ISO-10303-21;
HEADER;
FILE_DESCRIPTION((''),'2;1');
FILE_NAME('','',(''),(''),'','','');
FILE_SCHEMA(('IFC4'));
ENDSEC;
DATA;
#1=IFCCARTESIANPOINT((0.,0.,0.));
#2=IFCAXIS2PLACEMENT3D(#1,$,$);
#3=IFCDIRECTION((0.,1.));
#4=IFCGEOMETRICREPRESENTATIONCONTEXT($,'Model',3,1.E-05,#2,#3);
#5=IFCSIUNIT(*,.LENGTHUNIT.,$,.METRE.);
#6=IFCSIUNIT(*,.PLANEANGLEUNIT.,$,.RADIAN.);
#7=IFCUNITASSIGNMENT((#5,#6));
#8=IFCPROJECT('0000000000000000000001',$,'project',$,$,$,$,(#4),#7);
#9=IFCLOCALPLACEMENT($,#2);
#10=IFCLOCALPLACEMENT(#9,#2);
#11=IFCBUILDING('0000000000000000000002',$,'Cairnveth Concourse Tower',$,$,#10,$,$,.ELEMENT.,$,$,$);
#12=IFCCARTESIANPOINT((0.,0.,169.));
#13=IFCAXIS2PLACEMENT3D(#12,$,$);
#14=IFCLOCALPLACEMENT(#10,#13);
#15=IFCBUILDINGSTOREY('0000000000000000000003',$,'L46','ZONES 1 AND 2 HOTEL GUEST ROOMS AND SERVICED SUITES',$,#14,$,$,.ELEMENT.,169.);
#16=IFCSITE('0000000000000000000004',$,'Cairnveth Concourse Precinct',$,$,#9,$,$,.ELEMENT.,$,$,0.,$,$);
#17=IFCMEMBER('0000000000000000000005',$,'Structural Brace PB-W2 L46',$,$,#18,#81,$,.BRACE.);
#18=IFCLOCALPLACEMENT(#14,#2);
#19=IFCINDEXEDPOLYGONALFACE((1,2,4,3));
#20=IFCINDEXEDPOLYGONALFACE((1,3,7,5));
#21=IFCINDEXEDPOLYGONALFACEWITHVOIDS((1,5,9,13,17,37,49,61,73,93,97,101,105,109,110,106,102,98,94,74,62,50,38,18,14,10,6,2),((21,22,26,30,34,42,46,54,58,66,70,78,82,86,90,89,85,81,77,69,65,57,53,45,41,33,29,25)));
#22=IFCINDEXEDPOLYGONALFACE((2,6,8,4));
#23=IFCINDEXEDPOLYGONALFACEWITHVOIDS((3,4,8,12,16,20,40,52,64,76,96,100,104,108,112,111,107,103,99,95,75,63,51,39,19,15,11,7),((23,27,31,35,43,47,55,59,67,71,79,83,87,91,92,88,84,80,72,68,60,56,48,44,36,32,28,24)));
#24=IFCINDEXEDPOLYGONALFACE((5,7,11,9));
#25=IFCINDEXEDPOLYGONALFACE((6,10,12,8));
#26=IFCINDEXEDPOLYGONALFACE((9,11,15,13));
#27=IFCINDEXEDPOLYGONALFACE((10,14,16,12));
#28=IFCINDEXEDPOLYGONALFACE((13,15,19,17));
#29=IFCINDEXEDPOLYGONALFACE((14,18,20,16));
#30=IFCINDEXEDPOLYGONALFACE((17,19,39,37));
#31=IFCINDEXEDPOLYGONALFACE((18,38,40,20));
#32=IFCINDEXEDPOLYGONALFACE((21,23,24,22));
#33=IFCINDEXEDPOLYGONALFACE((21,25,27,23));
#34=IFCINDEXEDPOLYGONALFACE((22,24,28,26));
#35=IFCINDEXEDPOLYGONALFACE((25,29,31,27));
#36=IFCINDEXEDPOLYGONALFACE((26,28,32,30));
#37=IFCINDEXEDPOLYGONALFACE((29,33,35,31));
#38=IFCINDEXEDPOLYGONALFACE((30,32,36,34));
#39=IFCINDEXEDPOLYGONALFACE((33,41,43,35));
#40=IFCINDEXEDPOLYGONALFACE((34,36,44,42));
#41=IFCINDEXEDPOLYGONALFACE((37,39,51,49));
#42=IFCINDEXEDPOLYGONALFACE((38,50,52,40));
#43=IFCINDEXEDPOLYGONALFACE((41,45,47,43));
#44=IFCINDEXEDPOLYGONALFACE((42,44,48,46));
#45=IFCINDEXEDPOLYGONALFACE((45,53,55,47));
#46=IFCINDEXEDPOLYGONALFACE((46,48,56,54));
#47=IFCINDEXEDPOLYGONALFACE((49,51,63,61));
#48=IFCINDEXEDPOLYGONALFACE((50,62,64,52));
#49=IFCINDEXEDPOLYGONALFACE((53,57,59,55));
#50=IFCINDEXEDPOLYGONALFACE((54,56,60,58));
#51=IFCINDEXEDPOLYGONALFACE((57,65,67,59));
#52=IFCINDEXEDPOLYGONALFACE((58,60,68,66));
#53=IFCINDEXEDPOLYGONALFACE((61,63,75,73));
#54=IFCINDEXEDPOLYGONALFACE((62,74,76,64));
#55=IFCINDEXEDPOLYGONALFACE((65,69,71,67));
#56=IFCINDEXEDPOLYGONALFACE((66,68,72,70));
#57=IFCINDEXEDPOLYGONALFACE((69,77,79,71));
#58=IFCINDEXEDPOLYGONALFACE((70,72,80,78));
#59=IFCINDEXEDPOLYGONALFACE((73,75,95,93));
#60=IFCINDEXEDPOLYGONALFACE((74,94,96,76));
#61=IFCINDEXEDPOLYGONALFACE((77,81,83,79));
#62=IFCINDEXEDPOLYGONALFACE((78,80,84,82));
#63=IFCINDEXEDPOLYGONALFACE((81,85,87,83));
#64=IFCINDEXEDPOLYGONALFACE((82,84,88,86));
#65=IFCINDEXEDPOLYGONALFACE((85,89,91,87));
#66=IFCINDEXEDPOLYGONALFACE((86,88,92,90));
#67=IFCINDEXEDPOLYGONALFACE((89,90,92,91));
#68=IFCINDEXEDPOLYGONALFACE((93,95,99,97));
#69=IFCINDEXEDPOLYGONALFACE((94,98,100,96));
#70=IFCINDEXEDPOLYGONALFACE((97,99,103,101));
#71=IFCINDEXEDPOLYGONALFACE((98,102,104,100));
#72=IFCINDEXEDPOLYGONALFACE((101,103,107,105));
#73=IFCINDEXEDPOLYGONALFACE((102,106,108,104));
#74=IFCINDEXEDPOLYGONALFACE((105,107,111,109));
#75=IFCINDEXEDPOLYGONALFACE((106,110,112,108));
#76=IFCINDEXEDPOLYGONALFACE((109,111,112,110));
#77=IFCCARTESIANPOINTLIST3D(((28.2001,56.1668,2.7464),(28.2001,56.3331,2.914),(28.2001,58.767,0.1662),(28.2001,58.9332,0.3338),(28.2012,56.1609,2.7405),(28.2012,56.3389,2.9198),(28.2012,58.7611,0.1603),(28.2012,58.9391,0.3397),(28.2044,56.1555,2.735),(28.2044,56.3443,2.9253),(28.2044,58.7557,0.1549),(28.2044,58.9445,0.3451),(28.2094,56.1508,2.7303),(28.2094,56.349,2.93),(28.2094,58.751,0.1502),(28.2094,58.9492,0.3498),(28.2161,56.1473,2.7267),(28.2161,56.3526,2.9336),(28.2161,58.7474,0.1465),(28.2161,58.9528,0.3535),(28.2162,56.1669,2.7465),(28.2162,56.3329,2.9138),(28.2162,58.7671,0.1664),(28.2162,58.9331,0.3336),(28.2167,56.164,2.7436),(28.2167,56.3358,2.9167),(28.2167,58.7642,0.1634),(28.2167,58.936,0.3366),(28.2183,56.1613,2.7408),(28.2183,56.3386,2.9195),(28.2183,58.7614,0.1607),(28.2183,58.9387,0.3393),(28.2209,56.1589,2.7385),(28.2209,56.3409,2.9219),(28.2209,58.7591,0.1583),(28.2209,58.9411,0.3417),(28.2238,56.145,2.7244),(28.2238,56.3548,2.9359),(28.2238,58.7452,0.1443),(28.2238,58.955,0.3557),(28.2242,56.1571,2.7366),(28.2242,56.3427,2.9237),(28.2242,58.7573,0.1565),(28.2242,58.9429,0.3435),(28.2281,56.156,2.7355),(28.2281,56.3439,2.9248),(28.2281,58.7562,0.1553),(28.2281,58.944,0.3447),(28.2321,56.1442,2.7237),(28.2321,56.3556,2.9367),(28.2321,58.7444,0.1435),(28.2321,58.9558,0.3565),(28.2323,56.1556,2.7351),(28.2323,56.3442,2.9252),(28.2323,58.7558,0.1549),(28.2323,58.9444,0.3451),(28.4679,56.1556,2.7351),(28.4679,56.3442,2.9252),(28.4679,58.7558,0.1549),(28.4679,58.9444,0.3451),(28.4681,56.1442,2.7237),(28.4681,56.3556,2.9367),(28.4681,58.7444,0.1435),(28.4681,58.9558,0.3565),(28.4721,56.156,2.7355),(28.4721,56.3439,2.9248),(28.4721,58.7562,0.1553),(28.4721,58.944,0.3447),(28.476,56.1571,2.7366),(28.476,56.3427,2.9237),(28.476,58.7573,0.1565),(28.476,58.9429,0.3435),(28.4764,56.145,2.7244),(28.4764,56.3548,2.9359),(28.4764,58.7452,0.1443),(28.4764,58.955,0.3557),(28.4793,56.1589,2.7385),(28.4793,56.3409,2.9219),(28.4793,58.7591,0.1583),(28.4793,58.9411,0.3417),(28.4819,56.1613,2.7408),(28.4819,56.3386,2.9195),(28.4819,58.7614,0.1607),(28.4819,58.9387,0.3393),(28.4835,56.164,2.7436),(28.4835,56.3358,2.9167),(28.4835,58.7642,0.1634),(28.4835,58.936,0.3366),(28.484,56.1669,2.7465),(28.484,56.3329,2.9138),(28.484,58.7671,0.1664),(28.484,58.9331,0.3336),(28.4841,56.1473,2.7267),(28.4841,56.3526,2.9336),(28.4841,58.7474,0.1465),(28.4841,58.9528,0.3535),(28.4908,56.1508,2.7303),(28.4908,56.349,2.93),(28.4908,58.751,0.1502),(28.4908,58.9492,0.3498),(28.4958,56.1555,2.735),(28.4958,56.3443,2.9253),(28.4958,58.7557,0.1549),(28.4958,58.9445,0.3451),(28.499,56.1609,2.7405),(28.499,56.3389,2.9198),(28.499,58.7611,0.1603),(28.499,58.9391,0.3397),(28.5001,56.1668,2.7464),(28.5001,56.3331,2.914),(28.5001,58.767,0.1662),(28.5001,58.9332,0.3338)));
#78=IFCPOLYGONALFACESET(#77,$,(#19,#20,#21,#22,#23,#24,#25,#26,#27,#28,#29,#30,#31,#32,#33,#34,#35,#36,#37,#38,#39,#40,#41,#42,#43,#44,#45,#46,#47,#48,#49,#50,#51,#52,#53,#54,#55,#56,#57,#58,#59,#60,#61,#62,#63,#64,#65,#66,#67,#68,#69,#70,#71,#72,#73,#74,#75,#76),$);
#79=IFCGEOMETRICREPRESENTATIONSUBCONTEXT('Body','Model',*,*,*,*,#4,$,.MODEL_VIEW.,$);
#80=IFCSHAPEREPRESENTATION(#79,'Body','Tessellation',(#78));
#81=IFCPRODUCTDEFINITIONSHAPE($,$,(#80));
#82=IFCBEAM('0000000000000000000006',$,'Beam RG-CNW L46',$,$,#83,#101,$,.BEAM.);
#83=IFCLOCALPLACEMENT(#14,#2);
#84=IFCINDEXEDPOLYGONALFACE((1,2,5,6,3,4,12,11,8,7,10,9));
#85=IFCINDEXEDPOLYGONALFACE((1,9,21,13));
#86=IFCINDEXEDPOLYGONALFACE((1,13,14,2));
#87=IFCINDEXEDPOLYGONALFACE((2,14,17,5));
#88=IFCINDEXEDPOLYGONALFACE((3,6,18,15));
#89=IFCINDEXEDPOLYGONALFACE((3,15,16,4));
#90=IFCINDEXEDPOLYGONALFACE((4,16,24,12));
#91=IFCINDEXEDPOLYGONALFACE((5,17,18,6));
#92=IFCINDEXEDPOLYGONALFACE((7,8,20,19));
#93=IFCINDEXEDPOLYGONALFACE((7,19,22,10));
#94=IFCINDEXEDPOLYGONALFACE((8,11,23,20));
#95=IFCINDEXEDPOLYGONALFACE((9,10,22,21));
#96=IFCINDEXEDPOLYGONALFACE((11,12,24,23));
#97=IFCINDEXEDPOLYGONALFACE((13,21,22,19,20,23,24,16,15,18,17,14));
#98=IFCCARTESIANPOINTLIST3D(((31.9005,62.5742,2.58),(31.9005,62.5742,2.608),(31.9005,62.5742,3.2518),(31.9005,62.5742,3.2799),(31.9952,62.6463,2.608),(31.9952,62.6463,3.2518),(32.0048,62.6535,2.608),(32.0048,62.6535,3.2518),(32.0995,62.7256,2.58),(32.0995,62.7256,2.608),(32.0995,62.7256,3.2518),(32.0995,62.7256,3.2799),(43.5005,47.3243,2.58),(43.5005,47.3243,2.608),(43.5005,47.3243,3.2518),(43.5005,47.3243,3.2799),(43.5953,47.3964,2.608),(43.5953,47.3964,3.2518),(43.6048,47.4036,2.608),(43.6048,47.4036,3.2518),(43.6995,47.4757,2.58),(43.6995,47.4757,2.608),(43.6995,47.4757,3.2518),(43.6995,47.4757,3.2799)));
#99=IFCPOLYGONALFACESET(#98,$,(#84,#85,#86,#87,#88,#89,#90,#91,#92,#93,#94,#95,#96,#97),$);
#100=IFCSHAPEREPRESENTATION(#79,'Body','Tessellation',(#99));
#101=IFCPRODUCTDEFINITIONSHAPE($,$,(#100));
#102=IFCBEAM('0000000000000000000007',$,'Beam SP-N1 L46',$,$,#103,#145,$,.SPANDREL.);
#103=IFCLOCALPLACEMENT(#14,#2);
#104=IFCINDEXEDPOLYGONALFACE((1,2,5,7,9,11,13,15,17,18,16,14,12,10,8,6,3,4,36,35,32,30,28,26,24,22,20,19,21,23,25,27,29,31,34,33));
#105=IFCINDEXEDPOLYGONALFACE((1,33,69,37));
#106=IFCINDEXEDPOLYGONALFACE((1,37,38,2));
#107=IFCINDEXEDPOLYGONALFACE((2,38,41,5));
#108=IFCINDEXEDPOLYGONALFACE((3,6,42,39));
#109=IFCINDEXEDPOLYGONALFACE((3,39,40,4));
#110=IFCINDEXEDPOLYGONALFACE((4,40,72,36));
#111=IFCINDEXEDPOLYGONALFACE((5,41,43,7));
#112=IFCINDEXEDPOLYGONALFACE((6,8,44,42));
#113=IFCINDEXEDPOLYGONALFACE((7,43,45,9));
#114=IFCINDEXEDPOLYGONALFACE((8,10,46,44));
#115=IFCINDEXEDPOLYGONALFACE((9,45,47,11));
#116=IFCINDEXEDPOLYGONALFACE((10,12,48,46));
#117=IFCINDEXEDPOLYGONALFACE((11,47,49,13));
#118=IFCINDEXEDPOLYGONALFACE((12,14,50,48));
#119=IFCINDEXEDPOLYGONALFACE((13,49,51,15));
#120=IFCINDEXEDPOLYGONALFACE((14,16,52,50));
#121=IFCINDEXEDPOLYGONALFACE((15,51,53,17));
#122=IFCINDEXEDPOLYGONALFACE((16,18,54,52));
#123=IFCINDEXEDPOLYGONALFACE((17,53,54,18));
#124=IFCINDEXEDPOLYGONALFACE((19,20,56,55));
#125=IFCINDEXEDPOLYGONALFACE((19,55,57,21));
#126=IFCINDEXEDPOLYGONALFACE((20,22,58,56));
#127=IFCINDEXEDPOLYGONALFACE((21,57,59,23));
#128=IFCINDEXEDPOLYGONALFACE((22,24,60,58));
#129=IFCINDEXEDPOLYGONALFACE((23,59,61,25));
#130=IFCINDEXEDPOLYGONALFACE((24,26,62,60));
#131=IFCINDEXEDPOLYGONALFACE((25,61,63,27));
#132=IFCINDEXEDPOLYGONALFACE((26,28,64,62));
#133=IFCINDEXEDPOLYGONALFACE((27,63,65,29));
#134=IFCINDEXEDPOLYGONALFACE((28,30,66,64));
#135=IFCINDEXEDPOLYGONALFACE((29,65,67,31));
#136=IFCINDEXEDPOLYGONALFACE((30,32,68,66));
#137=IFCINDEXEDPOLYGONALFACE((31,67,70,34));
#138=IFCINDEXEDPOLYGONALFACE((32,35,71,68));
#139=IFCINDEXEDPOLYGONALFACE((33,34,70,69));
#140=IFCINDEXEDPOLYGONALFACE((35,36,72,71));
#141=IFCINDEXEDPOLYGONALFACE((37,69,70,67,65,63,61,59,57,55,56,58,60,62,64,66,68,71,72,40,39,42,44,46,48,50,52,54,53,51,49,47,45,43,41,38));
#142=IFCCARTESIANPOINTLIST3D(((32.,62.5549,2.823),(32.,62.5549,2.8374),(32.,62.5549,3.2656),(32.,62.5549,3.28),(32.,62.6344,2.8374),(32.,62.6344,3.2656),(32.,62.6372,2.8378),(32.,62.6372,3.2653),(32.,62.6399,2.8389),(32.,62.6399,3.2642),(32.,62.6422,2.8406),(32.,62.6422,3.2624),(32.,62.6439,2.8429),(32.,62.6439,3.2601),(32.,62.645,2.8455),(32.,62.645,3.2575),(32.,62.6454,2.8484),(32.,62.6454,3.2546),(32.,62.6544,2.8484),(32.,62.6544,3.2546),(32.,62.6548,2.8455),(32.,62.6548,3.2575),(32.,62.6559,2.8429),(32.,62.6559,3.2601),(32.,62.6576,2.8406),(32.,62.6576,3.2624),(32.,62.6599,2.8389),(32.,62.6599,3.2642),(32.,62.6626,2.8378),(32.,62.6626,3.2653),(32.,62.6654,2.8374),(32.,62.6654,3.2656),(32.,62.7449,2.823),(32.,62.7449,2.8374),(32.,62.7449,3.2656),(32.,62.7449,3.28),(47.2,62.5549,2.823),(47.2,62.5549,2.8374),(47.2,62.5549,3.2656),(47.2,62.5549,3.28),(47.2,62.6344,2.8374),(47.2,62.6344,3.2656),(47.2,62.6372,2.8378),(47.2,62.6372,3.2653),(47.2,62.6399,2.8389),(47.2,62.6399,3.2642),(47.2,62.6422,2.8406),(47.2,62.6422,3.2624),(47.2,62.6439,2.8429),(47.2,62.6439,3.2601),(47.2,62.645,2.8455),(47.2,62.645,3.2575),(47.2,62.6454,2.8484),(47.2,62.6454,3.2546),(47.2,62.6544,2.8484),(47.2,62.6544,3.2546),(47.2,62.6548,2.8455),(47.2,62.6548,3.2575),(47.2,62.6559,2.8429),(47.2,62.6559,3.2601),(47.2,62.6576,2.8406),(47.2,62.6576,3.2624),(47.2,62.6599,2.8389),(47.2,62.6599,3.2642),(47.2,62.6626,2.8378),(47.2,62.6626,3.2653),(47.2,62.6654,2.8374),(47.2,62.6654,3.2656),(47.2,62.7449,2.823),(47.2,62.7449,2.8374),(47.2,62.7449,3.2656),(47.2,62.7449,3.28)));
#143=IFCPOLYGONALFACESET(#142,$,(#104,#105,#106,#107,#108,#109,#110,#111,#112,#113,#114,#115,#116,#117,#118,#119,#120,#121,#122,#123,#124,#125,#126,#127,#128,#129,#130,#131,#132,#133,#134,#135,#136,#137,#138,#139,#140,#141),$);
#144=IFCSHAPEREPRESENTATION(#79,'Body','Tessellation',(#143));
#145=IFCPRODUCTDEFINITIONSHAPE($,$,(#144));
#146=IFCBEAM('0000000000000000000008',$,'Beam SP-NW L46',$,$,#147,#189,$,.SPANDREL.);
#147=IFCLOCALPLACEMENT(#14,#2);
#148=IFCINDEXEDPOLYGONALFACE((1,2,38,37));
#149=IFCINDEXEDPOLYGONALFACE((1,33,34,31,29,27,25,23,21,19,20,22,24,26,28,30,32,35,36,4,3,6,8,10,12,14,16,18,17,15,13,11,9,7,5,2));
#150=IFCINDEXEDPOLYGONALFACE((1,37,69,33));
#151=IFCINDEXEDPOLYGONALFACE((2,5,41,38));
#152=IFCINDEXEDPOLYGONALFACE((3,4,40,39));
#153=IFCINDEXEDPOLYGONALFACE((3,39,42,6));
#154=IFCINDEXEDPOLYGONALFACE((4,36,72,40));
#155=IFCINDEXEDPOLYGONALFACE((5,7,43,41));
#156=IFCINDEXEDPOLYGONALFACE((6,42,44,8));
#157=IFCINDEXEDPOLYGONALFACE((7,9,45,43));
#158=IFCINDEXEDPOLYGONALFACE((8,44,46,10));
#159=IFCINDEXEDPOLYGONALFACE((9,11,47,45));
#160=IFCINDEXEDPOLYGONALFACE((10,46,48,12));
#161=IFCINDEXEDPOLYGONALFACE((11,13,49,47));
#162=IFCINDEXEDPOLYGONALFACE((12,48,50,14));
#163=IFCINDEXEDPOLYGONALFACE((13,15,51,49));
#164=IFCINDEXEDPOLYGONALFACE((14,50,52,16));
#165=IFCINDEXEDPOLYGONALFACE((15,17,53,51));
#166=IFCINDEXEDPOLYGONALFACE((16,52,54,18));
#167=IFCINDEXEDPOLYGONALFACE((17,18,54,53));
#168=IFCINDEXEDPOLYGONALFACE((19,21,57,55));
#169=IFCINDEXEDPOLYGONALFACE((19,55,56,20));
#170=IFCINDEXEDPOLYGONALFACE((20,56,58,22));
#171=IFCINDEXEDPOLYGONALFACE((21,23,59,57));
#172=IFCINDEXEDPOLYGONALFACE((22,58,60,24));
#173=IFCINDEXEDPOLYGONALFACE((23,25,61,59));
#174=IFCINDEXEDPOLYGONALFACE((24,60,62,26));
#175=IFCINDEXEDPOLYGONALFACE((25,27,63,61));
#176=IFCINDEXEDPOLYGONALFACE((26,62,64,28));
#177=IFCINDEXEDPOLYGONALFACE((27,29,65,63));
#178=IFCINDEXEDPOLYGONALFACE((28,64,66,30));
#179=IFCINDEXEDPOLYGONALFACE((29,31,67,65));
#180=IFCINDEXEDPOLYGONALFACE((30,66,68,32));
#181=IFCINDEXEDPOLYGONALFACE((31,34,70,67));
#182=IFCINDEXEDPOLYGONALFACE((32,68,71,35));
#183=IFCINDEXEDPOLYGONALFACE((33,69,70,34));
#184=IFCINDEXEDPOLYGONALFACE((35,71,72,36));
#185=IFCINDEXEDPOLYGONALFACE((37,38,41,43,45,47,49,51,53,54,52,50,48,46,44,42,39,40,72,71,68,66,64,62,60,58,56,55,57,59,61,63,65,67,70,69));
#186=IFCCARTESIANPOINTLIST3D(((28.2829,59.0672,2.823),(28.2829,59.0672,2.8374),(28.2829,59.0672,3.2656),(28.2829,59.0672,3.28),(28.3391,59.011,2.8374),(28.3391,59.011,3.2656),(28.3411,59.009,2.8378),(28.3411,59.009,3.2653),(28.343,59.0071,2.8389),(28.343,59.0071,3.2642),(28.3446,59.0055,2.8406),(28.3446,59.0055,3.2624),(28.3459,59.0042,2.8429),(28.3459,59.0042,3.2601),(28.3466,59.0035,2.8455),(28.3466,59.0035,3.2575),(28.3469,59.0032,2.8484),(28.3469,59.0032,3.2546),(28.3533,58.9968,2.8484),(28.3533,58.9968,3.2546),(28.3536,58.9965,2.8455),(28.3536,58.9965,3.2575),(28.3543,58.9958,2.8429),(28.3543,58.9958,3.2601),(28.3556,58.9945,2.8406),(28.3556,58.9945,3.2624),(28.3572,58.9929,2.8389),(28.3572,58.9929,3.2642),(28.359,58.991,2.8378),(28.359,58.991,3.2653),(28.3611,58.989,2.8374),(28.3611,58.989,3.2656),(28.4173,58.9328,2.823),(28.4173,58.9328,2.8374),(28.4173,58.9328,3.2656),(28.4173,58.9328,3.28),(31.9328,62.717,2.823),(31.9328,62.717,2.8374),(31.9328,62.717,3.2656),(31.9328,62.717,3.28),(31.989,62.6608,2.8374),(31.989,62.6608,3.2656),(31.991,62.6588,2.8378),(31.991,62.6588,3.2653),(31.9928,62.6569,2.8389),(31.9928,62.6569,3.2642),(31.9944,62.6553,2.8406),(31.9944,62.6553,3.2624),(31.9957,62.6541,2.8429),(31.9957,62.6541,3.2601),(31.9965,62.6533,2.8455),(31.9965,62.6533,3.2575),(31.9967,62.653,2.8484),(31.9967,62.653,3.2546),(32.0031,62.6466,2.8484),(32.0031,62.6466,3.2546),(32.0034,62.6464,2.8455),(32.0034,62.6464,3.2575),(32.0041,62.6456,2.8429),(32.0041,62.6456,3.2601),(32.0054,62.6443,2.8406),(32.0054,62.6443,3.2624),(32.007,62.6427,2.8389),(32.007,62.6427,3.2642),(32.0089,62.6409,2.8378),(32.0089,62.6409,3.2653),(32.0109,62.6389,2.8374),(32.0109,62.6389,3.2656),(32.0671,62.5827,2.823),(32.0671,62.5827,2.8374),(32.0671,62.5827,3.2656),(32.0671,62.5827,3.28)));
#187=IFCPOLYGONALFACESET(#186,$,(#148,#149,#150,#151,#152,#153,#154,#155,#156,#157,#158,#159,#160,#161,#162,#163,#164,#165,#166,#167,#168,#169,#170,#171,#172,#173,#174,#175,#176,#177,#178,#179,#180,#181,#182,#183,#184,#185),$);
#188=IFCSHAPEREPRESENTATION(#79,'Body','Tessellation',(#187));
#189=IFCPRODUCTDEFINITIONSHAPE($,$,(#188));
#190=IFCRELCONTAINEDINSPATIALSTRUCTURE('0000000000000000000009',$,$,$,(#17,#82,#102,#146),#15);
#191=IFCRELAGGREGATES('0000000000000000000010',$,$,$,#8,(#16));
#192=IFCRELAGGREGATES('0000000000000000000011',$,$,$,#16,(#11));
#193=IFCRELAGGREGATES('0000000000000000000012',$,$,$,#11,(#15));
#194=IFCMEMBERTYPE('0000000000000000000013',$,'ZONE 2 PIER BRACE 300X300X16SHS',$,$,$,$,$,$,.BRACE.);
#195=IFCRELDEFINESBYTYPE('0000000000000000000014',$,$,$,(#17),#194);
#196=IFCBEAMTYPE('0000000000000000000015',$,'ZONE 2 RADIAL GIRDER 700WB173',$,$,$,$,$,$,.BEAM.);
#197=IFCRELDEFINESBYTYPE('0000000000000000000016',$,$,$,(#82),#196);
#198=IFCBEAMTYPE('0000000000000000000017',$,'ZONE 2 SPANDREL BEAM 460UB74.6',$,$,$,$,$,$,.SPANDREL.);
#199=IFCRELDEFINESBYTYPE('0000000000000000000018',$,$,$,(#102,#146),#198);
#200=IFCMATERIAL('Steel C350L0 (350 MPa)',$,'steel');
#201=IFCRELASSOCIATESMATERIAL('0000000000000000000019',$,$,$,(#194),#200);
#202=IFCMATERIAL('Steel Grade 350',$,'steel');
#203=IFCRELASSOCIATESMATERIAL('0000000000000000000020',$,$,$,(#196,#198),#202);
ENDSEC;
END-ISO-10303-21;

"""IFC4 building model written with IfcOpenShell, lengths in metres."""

from ifc_helpers import new_model, si_unit, direction, frame, origin, origin_2d, place, context, subcontext, project, spatial, hollow_rectangle, i_section, extrude, material, material_profile, profile_set, type_object, element, save


model = new_model("IFC4")

# Units and contexts
model_context = context("Model", 3, precision=1e-05, world=origin(), true_north=direction((0.0, 1.0)))
body_context = subcontext(model_context, "Body", "Model", "MODEL_VIEW")
ifc_project = project(units=[si_unit("LENGTHUNIT", "METRE"), si_unit("PLANEANGLEUNIT", "RADIAN")], contexts=[model_context])

# Site, building, storey
site_placement = place(None, origin())
site = spatial("IfcSite", under=ifc_project, at=site_placement, Name="Cairnveth Concourse Precinct", CompositionType="ELEMENT", RefElevation=0.0)
building_placement = place(site_placement, origin())
building = spatial("IfcBuilding", under=site, at=building_placement, Name="Cairnveth Concourse Tower", CompositionType="ELEMENT")
storey_placement = place(building_placement, frame((0.0, 0.0, 169.0)))
storey = spatial("IfcBuildingStorey", under=building, at=storey_placement, Name="L46", Description="ZONES 1 AND 2 HOTEL GUEST ROOMS AND SERVICED SUITES", CompositionType="ELEMENT", Elevation=169.0)

# Shared definitions
ifc_material_1 = material(Name="Steel Grade 350", Category="steel")

# Member
ifc_material_2 = material(Name="Steel C350L0 (350 MPa)", Category="steel")
ifc_material_profile_1 = material_profile(ifc_material_2, hollow_rectangle(XDim=0.3, YDim=0.3, WallThickness=0.0161, InnerFilletRadius=0.0161, OuterFilletRadius=0.032, at=origin_2d()), Name="300x300x16.0SHS")
ifc_profile_set_1 = profile_set([ifc_material_profile_1], Name="Steel C350L0 (350 MPa)")
member_type = type_object("IfcMemberType", Name="ZONE 2 PIER BRACE 300X300X16SHS", PredefinedType="BRACE", material=ifc_profile_set_1)
for number, where, z_axis, x_axis, name in (
    (1, (28.3501, 58.8501, 0.25), (0.0, -0.709834, 0.704369), (1.0, 0.0, 0.0), "Structural Brace PB-W2 L46"),
):
    element("IfcMember", number, at=place(storey_placement, frame(where, z_axis=z_axis, x_axis=x_axis)), inside=storey, type_object=member_type, Name=name, PredefinedType="BRACE", context=body_context, shape_type="SweptSolid", body=[
        extrude(hollow_rectangle(XDim=0.3, YDim=0.3, WallThickness=0.0161, InnerFilletRadius=0.0161, OuterFilletRadius=0.032, at=origin_2d()), origin(), (0.0, 0.0, 1.0), 3.6631),
    ])

# Beams
ifc_material_profile_2 = material_profile(ifc_material_1, i_section(OverallWidth=0.25, OverallDepth=0.7, WebThickness=0.012, FlangeThickness=0.0281, at=origin_2d()), Name="700WB173")
ifc_profile_set_2 = profile_set([ifc_material_profile_2], Name="Steel Grade 350")
beam_type_1 = type_object("IfcBeamType", Name="ZONE 2 RADIAL GIRDER 700WB173", PredefinedType="BEAM", material=ifc_profile_set_2)
beam_1_placement = place(storey_placement, frame((32.0, 62.6499, 2.9299), z_axis=(0.605417, -0.795908, 0.0), x_axis=(0.795908, 0.605417, 0.0)))
element("IfcBeam", 2, at=beam_1_placement, inside=storey, type_object=beam_type_1, Name="Beam RG-CNW L46", PredefinedType="BEAM", context=body_context, shape_type="SweptSolid", body=[
    extrude(i_section(OverallWidth=0.25, OverallDepth=0.7, WebThickness=0.012, FlangeThickness=0.0281, at=origin_2d()), origin(), (0.0, 0.0, 1.0), 19.1604),
])
ifc_material_profile_3 = material_profile(ifc_material_1, i_section(OverallWidth=0.1899, OverallDepth=0.457, WebThickness=0.009, FlangeThickness=0.0144, FilletRadius=0.011, at=origin_2d()), Name="460UB74.6")
ifc_profile_set_3 = profile_set([ifc_material_profile_3], Name="Steel Grade 350")
beam_type_2 = type_object("IfcBeamType", Name="ZONE 2 SPANDREL BEAM 460UB74.6", PredefinedType="SPANDREL", material=ifc_profile_set_3)
beam_2_placement = place(storey_placement, frame((32.0, 62.6499, 3.0515), z_axis=(1.0, 0.0, 0.0), x_axis=(0.0, 1.0, 0.0)))
element("IfcBeam", 3, at=beam_2_placement, inside=storey, type_object=beam_type_2, Name="Beam SP-N1 L46", PredefinedType="SPANDREL", context=body_context, shape_type="SweptSolid", body=[
    extrude(i_section(OverallWidth=0.1899, OverallDepth=0.457, WebThickness=0.009, FlangeThickness=0.0144, FilletRadius=0.011, at=origin_2d()), origin(), (0.0, 0.0, 1.0), 15.2),
])
beam_3_placement = place(storey_placement, frame((28.3501, 59.0, 3.0515), z_axis=(0.707107, 0.707107, 0.0), x_axis=(-0.707107, 0.707107, 0.0)))
element("IfcBeam", 4, at=beam_3_placement, inside=storey, type_object=beam_type_2, Name="Beam SP-NW L46", PredefinedType="SPANDREL", context=body_context, shape_type="SweptSolid", body=[
    extrude(i_section(OverallWidth=0.1899, OverallDepth=0.457, WebThickness=0.009, FlangeThickness=0.0144, FilletRadius=0.011, at=origin_2d()), origin(), (0.0, 0.0, 1.0), 5.1616),
])

save(model, "model.ifc")
